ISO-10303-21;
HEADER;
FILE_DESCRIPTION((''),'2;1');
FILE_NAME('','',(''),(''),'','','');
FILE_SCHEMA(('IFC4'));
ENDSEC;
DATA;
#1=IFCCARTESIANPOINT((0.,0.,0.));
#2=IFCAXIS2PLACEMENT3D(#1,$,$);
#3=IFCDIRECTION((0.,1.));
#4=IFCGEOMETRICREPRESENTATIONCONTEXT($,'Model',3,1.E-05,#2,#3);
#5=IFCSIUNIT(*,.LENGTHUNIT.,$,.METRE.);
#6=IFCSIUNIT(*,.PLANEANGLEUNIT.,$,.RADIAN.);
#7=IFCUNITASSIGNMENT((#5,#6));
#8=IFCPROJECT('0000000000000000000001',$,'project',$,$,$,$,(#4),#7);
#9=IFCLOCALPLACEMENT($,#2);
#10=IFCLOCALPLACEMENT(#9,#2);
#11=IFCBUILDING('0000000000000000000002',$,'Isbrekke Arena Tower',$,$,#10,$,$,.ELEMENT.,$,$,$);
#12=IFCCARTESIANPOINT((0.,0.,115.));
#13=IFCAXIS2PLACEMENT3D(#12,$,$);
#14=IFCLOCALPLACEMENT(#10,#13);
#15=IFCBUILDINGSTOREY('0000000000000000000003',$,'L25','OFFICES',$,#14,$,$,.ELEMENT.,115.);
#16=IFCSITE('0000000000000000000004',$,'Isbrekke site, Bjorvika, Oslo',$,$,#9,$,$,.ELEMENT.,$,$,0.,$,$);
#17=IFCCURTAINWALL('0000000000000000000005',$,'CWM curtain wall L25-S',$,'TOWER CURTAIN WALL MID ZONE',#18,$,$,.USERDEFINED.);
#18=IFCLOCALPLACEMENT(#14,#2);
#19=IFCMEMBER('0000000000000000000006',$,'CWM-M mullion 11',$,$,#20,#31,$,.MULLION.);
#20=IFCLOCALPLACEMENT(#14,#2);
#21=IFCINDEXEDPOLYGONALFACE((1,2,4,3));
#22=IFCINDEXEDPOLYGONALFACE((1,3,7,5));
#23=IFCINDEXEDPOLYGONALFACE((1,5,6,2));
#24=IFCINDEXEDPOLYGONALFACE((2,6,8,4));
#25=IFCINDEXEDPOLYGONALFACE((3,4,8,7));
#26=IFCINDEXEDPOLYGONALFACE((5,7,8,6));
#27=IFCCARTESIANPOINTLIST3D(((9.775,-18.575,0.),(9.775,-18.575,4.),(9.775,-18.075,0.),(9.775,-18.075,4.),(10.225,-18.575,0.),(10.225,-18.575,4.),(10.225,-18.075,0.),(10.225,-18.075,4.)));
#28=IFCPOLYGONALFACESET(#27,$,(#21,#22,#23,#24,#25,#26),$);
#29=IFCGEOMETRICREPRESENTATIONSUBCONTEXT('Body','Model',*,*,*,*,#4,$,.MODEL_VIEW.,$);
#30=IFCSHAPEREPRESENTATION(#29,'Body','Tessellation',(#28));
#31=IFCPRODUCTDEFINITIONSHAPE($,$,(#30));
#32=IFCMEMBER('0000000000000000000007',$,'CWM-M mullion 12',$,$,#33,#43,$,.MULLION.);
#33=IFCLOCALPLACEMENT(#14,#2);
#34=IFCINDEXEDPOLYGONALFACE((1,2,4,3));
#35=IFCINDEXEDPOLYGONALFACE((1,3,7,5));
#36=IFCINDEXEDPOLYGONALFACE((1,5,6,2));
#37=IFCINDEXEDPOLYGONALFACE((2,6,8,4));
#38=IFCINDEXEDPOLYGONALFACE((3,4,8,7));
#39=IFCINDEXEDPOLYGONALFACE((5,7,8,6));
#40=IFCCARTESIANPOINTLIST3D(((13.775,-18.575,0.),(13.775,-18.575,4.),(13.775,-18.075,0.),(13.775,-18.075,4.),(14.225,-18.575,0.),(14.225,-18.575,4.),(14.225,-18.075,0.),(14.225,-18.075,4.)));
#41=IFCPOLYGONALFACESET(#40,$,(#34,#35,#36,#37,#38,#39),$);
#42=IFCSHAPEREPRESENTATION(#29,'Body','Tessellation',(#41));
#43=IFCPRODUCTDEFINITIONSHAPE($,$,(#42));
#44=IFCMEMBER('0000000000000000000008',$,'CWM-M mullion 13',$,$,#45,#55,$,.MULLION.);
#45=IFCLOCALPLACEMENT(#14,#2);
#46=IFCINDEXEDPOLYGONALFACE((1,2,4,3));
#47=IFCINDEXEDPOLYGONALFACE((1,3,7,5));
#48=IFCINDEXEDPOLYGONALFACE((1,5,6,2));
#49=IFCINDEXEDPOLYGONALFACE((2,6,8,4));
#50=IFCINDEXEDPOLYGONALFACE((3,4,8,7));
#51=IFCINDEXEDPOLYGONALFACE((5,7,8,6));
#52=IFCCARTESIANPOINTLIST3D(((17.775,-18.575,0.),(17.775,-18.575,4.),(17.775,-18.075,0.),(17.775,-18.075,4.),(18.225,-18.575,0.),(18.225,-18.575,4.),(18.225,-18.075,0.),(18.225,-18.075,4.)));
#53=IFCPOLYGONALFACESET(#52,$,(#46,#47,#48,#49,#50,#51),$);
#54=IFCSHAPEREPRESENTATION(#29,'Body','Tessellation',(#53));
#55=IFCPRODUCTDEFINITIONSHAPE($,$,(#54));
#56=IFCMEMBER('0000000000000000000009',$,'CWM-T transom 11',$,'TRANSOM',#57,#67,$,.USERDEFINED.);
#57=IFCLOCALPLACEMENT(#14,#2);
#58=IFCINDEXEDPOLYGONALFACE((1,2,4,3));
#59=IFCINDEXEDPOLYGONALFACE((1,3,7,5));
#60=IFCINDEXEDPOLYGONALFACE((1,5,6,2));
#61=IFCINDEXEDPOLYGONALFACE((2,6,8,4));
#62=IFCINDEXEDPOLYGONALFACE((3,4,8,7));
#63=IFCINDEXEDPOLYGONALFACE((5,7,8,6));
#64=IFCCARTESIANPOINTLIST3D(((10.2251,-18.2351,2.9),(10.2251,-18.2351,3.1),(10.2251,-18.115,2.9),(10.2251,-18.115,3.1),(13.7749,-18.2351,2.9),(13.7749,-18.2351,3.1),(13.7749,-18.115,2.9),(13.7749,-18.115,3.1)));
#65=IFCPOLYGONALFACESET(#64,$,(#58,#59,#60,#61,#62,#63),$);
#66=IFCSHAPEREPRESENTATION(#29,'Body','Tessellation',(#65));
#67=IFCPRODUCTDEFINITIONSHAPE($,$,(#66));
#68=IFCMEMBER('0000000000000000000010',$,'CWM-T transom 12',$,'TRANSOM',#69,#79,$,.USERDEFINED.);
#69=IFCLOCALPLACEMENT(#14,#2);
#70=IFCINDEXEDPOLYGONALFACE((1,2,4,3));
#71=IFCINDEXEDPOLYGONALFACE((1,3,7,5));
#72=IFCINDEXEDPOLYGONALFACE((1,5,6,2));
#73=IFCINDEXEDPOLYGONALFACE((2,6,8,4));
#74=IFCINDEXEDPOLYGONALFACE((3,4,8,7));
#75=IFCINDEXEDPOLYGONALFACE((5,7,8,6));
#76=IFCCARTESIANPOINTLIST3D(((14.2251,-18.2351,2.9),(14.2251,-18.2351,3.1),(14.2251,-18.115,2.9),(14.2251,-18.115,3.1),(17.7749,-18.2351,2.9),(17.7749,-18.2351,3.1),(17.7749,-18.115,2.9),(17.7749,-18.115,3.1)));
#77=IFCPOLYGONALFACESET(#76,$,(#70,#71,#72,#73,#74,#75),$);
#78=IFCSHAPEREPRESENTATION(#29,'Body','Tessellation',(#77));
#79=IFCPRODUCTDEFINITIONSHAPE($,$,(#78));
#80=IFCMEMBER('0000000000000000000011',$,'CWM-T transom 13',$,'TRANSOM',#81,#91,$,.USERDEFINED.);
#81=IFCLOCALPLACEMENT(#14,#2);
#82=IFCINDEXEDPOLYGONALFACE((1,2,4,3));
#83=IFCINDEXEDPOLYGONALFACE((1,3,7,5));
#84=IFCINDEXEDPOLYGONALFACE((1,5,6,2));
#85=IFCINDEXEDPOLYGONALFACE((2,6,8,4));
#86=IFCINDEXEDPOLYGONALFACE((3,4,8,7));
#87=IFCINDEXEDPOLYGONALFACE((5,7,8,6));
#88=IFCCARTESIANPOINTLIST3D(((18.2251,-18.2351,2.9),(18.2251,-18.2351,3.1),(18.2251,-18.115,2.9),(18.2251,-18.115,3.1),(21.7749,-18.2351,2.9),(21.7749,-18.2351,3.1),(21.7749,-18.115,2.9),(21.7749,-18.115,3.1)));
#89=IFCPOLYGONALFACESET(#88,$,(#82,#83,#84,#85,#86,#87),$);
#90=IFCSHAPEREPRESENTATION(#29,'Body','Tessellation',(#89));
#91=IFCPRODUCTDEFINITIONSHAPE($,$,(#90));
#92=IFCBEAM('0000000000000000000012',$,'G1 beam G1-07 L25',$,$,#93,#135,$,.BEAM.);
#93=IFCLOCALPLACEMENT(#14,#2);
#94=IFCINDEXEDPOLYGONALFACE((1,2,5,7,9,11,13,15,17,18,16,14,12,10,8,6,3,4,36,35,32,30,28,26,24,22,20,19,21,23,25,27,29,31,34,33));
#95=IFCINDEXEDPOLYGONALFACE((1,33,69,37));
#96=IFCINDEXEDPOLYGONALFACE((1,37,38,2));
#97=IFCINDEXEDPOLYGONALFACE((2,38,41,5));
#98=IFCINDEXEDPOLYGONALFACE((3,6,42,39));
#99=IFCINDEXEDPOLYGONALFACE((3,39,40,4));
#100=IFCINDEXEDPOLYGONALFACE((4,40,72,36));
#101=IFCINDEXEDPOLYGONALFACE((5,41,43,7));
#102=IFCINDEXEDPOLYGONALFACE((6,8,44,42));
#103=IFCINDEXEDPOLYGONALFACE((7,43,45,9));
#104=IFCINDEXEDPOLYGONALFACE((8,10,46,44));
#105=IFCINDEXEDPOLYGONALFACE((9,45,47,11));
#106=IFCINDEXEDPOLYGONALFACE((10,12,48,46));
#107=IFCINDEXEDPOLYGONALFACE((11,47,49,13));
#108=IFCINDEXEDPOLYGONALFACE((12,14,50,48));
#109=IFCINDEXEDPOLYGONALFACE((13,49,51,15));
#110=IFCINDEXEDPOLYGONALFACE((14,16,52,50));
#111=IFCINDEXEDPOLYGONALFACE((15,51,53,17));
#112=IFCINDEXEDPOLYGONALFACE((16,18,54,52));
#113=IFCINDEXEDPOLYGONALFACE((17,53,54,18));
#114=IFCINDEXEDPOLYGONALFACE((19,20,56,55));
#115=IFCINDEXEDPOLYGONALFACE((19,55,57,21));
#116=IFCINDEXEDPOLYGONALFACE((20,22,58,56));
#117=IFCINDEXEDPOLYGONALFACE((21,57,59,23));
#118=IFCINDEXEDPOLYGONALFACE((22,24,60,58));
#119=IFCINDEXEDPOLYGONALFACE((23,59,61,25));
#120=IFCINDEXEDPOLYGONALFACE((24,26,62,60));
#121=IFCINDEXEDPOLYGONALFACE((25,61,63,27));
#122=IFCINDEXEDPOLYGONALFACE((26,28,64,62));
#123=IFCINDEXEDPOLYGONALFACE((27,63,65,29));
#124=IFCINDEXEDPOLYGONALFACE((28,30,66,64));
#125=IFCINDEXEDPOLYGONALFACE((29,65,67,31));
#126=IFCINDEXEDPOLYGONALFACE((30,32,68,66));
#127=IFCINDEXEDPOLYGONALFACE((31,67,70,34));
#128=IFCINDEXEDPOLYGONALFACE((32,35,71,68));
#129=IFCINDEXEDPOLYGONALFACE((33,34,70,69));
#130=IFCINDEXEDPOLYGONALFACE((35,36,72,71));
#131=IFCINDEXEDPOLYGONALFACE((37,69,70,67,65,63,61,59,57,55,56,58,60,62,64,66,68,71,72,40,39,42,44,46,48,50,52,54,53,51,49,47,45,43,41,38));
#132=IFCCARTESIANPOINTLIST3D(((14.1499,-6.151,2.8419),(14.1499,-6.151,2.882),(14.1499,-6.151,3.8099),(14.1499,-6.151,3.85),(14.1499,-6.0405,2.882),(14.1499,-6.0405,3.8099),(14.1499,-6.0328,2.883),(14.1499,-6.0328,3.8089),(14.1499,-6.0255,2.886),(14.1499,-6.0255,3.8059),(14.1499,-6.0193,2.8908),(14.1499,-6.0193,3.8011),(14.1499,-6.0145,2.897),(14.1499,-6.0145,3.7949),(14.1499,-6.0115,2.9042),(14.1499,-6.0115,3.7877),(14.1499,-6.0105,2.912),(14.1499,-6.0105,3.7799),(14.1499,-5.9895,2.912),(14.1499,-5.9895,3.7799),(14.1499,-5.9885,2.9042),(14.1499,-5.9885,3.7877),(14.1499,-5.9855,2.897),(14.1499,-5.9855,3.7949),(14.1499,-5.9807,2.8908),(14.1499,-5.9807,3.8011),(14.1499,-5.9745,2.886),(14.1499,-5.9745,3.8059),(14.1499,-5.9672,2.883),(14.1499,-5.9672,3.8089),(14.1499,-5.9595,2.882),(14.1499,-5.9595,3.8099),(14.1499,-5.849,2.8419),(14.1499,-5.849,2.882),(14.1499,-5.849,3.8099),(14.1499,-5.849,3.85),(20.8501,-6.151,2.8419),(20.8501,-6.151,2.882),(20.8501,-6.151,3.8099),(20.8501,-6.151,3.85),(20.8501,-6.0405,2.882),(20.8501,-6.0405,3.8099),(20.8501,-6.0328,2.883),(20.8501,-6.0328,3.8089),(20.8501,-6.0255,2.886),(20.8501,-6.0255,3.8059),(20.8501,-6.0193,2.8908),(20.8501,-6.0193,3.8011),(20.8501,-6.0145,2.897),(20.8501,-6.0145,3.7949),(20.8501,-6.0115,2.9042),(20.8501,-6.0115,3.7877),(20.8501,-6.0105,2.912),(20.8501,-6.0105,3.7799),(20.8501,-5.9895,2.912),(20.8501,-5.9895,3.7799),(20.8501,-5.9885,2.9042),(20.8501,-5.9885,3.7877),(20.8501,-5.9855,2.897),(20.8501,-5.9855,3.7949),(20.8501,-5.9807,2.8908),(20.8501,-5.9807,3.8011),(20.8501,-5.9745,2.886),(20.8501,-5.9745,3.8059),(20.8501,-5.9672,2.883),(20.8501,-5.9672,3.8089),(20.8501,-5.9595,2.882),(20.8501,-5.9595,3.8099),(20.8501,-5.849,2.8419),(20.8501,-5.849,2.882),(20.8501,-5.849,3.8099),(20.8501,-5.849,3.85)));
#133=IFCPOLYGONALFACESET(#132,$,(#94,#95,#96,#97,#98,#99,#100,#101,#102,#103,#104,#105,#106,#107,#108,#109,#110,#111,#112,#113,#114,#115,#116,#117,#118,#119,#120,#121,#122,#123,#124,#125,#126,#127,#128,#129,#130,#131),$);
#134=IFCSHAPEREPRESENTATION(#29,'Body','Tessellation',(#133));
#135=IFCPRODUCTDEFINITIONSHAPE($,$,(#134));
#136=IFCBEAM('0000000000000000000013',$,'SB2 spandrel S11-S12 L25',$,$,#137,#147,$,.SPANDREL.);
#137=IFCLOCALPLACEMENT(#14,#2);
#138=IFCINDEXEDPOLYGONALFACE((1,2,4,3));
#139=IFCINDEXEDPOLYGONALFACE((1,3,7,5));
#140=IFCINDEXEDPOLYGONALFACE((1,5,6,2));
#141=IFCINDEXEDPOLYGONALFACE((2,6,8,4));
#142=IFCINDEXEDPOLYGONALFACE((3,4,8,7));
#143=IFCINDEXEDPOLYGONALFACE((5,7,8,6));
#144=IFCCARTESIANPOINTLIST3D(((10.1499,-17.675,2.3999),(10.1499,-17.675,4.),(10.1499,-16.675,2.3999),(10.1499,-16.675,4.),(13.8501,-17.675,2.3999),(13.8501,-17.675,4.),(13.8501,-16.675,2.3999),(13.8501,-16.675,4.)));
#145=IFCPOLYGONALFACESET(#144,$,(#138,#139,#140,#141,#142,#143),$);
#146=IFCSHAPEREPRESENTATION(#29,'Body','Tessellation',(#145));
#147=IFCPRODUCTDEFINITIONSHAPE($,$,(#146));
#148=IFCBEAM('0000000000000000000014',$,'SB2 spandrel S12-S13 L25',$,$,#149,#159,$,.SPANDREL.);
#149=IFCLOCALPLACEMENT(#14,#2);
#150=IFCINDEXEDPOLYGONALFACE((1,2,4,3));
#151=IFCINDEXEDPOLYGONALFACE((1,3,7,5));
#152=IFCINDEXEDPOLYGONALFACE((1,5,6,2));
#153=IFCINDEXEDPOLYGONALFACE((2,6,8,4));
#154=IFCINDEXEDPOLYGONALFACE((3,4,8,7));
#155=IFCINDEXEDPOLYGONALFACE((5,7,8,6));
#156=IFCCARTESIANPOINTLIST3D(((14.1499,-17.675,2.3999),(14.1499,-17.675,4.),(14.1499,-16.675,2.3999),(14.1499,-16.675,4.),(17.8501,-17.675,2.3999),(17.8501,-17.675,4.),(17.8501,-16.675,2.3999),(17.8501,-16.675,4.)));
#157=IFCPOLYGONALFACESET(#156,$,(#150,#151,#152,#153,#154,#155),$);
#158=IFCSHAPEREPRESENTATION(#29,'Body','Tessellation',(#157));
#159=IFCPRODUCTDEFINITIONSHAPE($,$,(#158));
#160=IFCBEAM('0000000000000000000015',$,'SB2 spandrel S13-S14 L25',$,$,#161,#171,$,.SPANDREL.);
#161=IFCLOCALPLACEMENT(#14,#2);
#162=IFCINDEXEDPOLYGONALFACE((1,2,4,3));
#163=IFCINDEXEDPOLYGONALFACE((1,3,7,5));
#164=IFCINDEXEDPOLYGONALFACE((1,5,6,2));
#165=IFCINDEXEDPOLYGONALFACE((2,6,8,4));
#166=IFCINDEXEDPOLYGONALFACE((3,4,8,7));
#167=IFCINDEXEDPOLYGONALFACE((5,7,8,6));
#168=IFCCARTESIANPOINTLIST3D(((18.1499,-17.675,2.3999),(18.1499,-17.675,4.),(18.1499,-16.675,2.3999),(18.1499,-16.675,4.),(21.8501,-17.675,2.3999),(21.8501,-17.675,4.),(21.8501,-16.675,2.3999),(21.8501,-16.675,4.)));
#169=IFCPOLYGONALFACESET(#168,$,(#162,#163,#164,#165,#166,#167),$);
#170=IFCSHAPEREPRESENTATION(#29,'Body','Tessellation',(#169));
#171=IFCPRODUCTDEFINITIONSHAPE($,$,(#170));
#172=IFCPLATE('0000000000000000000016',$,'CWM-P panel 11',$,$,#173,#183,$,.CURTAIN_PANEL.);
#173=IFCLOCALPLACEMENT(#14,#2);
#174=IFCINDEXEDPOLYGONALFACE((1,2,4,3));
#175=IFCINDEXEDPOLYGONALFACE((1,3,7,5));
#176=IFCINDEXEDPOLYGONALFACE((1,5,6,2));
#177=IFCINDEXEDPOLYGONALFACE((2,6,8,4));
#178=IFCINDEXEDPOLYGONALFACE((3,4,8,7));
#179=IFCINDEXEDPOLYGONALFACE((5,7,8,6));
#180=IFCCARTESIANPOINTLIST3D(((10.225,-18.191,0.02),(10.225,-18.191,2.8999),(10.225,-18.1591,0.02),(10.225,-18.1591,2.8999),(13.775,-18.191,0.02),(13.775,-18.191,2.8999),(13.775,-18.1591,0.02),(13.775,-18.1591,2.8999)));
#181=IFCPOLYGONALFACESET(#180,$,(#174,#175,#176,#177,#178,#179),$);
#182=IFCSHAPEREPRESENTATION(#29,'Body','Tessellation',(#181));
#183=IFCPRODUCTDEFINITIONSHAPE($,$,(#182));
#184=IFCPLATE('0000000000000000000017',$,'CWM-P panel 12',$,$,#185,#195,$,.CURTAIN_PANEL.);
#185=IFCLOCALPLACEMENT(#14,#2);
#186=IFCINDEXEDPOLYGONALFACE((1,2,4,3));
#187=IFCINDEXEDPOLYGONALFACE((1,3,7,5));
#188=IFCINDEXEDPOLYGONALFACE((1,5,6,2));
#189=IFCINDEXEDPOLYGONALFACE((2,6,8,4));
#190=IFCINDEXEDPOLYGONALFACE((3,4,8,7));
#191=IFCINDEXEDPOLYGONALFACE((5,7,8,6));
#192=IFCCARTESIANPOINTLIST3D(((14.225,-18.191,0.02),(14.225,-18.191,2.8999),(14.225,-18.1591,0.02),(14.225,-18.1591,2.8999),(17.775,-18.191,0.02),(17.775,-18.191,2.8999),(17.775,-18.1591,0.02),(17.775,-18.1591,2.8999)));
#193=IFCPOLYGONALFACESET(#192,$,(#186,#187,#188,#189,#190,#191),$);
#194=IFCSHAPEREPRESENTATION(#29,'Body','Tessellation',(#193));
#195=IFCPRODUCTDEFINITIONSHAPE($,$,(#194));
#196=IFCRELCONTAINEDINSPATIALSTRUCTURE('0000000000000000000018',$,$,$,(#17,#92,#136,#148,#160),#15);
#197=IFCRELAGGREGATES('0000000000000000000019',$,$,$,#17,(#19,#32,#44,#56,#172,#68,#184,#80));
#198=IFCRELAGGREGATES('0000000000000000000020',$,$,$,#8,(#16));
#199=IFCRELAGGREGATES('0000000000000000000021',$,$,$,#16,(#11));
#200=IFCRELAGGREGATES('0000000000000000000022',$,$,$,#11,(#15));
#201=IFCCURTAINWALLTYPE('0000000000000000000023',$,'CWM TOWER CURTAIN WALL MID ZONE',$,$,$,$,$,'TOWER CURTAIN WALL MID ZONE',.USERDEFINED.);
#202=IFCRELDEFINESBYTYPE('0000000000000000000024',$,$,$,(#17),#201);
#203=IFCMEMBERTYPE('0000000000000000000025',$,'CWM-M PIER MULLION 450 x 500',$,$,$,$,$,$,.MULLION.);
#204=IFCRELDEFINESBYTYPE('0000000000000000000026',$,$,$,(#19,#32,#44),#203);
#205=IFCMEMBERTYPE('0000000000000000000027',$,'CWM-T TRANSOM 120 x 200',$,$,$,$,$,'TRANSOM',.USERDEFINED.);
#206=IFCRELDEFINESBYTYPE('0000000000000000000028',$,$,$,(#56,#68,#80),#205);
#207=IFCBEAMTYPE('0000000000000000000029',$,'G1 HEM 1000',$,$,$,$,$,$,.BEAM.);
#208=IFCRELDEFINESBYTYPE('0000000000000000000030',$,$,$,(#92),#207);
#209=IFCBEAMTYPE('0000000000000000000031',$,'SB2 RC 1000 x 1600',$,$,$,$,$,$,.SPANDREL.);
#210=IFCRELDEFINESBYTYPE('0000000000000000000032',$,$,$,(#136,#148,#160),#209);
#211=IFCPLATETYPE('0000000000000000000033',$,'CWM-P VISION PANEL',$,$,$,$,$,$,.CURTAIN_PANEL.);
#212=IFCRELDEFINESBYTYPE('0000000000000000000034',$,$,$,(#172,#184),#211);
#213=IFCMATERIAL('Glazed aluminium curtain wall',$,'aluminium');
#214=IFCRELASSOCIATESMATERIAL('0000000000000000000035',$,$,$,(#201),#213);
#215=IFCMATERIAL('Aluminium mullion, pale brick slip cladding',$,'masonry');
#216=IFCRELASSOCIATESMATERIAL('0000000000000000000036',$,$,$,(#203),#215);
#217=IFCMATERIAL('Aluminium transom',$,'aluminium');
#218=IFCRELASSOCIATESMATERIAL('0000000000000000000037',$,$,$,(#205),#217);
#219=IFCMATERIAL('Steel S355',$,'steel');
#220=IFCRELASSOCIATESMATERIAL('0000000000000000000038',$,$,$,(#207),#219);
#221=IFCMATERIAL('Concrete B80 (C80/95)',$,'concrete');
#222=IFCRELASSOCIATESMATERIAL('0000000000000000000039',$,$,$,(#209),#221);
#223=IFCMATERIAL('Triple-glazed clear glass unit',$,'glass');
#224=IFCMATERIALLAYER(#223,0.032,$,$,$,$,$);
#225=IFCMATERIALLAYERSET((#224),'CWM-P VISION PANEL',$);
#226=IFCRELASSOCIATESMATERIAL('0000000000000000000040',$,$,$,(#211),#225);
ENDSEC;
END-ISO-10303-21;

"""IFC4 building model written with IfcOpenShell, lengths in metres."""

from ifc_helpers import new_model, si_unit, direction, frame, origin, origin_2d, place, context, subcontext, project, spatial, rectangle, i_section, extrude, material, layer, layer_set, material_profile, profile_set, type_object, element, aggregate, save


model = new_model("IFC4")

# Units and contexts
model_context = context("Model", 3, precision=1e-05, world=origin(), true_north=direction((0.0, 1.0)))
body_context = subcontext(model_context, "Body", "Model", "MODEL_VIEW")
ifc_project = project(units=[si_unit("LENGTHUNIT", "METRE"), si_unit("PLANEANGLEUNIT", "RADIAN")], contexts=[model_context])

# Site, building, storey
site_placement = place(None, origin())
site = spatial("IfcSite", under=ifc_project, at=site_placement, Name="Isbrekke site, Bjorvika, Oslo", CompositionType="ELEMENT", RefElevation=0.0)
building_placement = place(site_placement, origin())
building = spatial("IfcBuilding", under=site, at=building_placement, Name="Isbrekke Arena Tower", CompositionType="ELEMENT")
storey_placement = place(building_placement, frame((0.0, 0.0, 115.0)))
storey = spatial("IfcBuildingStorey", under=building, at=storey_placement, Name="L25", Description="OFFICES", CompositionType="ELEMENT", Elevation=115.0)

# Curtain wall, members
ifc_material_1 = material(Name="Glazed aluminium curtain wall", Category="aluminium")
curtain_wall_type = type_object("IfcCurtainWallType", Name="CWM TOWER CURTAIN WALL MID ZONE", ElementType="TOWER CURTAIN WALL MID ZONE", PredefinedType="USERDEFINED", material=ifc_material_1)
curtain_wall_placement = place(storey_placement, origin())
curtain_wall = element("IfcCurtainWall", 1, at=curtain_wall_placement, inside=storey, type_object=curtain_wall_type, Name="CWM curtain wall L25-S", ObjectType="TOWER CURTAIN WALL MID ZONE", PredefinedType="USERDEFINED")
ifc_material_2 = material(Name="Aluminium mullion, pale brick slip cladding", Category="masonry")
ifc_material_profile_1 = material_profile(ifc_material_2, rectangle(XDim=0.45, YDim=0.5, at=origin_2d()), Name="PIER 450X500")
ifc_profile_set_1 = profile_set([ifc_material_profile_1], Name="Aluminium mullion, pale brick slip cladding")
member_type_1 = type_object("IfcMemberType", Name="CWM-M PIER MULLION 450 x 500", PredefinedType="MULLION", material=ifc_profile_set_1)
member_1_placement = place(storey_placement, frame((10.0, -18.325, 0.0), z_axis=(0.0, 0.0, 1.0), x_axis=(1.0, 0.0, 0.0)))
member_1 = element("IfcMember", 2, at=member_1_placement, type_object=member_type_1, Name="CWM-M mullion 11", PredefinedType="MULLION", context=body_context, shape_type="SweptSolid", body=[
    extrude(rectangle(XDim=0.45, YDim=0.5, at=origin_2d()), origin(), (0.0, 0.0, 1.0), 4.0),
])
member_2_placement = place(storey_placement, frame((14.0, -18.325, 0.0), z_axis=(0.0, 0.0, 1.0), x_axis=(1.0, 0.0, 0.0)))
member_2 = element("IfcMember", 3, at=member_2_placement, type_object=member_type_1, Name="CWM-M mullion 12", PredefinedType="MULLION", context=body_context, shape_type="SweptSolid", body=[
    extrude(rectangle(XDim=0.45, YDim=0.5, at=origin_2d()), origin(), (0.0, 0.0, 1.0), 4.0),
])
member_3_placement = place(storey_placement, frame((18.0, -18.325, 0.0), z_axis=(0.0, 0.0, 1.0), x_axis=(1.0, 0.0, 0.0)))
member_3 = element("IfcMember", 4, at=member_3_placement, type_object=member_type_1, Name="CWM-M mullion 13", PredefinedType="MULLION", context=body_context, shape_type="SweptSolid", body=[
    extrude(rectangle(XDim=0.45, YDim=0.5, at=origin_2d()), origin(), (0.0, 0.0, 1.0), 4.0),
])
ifc_material_3 = material(Name="Aluminium transom", Category="aluminium")
ifc_material_profile_2 = material_profile(ifc_material_3, rectangle(XDim=0.1201, YDim=0.2, at=origin_2d()), Name="TRANSOM 120X200")
ifc_profile_set_2 = profile_set([ifc_material_profile_2], Name="Aluminium transom")
member_type_2 = type_object("IfcMemberType", Name="CWM-T TRANSOM 120 x 200", ElementType="TRANSOM", PredefinedType="USERDEFINED", material=ifc_profile_set_2)
member_4_placement = place(storey_placement, frame((10.2251, -18.175, 3.0), z_axis=(1.0, 0.0, 0.0), x_axis=(0.0, 1.0, 0.0)))
member_4 = element("IfcMember", 5, at=member_4_placement, type_object=member_type_2, Name="CWM-T transom 11", ObjectType="TRANSOM", PredefinedType="USERDEFINED", context=body_context, shape_type="SweptSolid", body=[
    extrude(rectangle(XDim=0.1201, YDim=0.2, at=origin_2d()), origin(), (0.0, 0.0, 1.0), 3.5498),
])
member_5_placement = place(storey_placement, frame((14.2251, -18.175, 3.0), z_axis=(1.0, 0.0, 0.0), x_axis=(0.0, 1.0, 0.0)))
member_5 = element("IfcMember", 6, at=member_5_placement, type_object=member_type_2, Name="CWM-T transom 12", ObjectType="TRANSOM", PredefinedType="USERDEFINED", context=body_context, shape_type="SweptSolid", body=[
    extrude(rectangle(XDim=0.1201, YDim=0.2, at=origin_2d()), origin(), (0.0, 0.0, 1.0), 3.5498),
])
member_6_placement = place(storey_placement, frame((18.2251, -18.175, 3.0), z_axis=(1.0, 0.0, 0.0), x_axis=(0.0, 1.0, 0.0)))
member_6 = element("IfcMember", 7, at=member_6_placement, type_object=member_type_2, Name="CWM-T transom 13", ObjectType="TRANSOM", PredefinedType="USERDEFINED", context=body_context, shape_type="SweptSolid", body=[
    extrude(rectangle(XDim=0.1201, YDim=0.2, at=origin_2d()), origin(), (0.0, 0.0, 1.0), 3.5498),
])

# Beams
ifc_material_4 = material(Name="Steel S355", Category="steel")
ifc_material_profile_3 = material_profile(ifc_material_4, i_section(OverallWidth=0.302, OverallDepth=1.0081, WebThickness=0.021, FlangeThickness=0.04, FilletRadius=0.03, at=origin_2d()), Name="HEM 1000")
ifc_profile_set_3 = profile_set([ifc_material_profile_3], Name="Steel S355")
beam_type_1 = type_object("IfcBeamType", Name="G1 HEM 1000", PredefinedType="BEAM", material=ifc_profile_set_3)
beam_1_placement = place(storey_placement, frame((14.1499, -6.0, 3.3459), z_axis=(1.0, 0.0, 0.0), x_axis=(0.0, 1.0, 0.0)))
element("IfcBeam", 8, at=beam_1_placement, inside=storey, type_object=beam_type_1, Name="G1 beam G1-07 L25", PredefinedType="BEAM", context=body_context, shape_type="SweptSolid", body=[
    extrude(i_section(OverallWidth=0.302, OverallDepth=1.0081, WebThickness=0.021, FlangeThickness=0.04, FilletRadius=0.03, at=origin_2d()), origin(), (0.0, 0.0, 1.0), 6.7002),
])
ifc_material_5 = material(Name="Concrete B80 (C80/95)", Category="concrete")
ifc_material_profile_4 = material_profile(ifc_material_5, rectangle(XDim=1.0, YDim=1.6001, at=origin_2d()), Name="RC 1000x1600")
ifc_profile_set_4 = profile_set([ifc_material_profile_4], Name="Concrete B80 (C80/95)")
beam_type_2 = type_object("IfcBeamType", Name="SB2 RC 1000 x 1600", PredefinedType="SPANDREL", material=ifc_profile_set_4)
for number, where, z_axis, x_axis, name in (
    (9, (10.1499, -17.175, 3.2), (1.0, 0.0, 0.0), (0.0, 1.0, 0.0), "SB2 spandrel S11-S12 L25"),
    (10, (14.1499, -17.175, 3.2), (1.0, 0.0, 0.0), (0.0, 1.0, 0.0), "SB2 spandrel S12-S13 L25"),
    (11, (18.1499, -17.175, 3.2), (1.0, 0.0, 0.0), (0.0, 1.0, 0.0), "SB2 spandrel S13-S14 L25"),
):
    element("IfcBeam", number, at=place(storey_placement, frame(where, z_axis=z_axis, x_axis=x_axis)), inside=storey, type_object=beam_type_2, Name=name, PredefinedType="SPANDREL", context=body_context, shape_type="SweptSolid", body=[
        extrude(rectangle(XDim=1.0, YDim=1.6001, at=origin_2d()), origin(), (0.0, 0.0, 1.0), 3.7002),
    ])

# Plates
ifc_material_6 = material(Name="Triple-glazed clear glass unit", Category="glass")
ifc_layer_1 = layer(ifc_material_6, 0.032)
ifc_layer_set_1 = layer_set([ifc_layer_1], Name="CWM-P VISION PANEL")
plate_type = type_object("IfcPlateType", Name="CWM-P VISION PANEL", PredefinedType="CURTAIN_PANEL", material=ifc_layer_set_1)
plate_1_placement = place(storey_placement, frame((12.0, -18.175, 0.02), z_axis=(0.0, 0.0, 1.0), x_axis=(1.0, 0.0, 0.0)))
plate_1 = element("IfcPlate", 12, at=plate_1_placement, type_object=plate_type, Name="CWM-P panel 11", PredefinedType="CURTAIN_PANEL", context=body_context, shape_type="SweptSolid", body=[
    extrude(rectangle(XDim=3.55, YDim=0.032, at=origin_2d()), origin(), (0.0, 0.0, 1.0), 2.8799),
])
plate_2_placement = place(storey_placement, frame((16.0, -18.175, 0.02), z_axis=(0.0, 0.0, 1.0), x_axis=(1.0, 0.0, 0.0)))
plate_2 = element("IfcPlate", 13, at=plate_2_placement, type_object=plate_type, Name="CWM-P panel 12", PredefinedType="CURTAIN_PANEL", context=body_context, shape_type="SweptSolid", body=[
    extrude(rectangle(XDim=3.55, YDim=0.032, at=origin_2d()), origin(), (0.0, 0.0, 1.0), 2.8799),
])
aggregate(curtain_wall, [member_1, member_2, member_3, member_4, plate_1, member_5, plate_2, member_6])

save(model, "model.ifc")
